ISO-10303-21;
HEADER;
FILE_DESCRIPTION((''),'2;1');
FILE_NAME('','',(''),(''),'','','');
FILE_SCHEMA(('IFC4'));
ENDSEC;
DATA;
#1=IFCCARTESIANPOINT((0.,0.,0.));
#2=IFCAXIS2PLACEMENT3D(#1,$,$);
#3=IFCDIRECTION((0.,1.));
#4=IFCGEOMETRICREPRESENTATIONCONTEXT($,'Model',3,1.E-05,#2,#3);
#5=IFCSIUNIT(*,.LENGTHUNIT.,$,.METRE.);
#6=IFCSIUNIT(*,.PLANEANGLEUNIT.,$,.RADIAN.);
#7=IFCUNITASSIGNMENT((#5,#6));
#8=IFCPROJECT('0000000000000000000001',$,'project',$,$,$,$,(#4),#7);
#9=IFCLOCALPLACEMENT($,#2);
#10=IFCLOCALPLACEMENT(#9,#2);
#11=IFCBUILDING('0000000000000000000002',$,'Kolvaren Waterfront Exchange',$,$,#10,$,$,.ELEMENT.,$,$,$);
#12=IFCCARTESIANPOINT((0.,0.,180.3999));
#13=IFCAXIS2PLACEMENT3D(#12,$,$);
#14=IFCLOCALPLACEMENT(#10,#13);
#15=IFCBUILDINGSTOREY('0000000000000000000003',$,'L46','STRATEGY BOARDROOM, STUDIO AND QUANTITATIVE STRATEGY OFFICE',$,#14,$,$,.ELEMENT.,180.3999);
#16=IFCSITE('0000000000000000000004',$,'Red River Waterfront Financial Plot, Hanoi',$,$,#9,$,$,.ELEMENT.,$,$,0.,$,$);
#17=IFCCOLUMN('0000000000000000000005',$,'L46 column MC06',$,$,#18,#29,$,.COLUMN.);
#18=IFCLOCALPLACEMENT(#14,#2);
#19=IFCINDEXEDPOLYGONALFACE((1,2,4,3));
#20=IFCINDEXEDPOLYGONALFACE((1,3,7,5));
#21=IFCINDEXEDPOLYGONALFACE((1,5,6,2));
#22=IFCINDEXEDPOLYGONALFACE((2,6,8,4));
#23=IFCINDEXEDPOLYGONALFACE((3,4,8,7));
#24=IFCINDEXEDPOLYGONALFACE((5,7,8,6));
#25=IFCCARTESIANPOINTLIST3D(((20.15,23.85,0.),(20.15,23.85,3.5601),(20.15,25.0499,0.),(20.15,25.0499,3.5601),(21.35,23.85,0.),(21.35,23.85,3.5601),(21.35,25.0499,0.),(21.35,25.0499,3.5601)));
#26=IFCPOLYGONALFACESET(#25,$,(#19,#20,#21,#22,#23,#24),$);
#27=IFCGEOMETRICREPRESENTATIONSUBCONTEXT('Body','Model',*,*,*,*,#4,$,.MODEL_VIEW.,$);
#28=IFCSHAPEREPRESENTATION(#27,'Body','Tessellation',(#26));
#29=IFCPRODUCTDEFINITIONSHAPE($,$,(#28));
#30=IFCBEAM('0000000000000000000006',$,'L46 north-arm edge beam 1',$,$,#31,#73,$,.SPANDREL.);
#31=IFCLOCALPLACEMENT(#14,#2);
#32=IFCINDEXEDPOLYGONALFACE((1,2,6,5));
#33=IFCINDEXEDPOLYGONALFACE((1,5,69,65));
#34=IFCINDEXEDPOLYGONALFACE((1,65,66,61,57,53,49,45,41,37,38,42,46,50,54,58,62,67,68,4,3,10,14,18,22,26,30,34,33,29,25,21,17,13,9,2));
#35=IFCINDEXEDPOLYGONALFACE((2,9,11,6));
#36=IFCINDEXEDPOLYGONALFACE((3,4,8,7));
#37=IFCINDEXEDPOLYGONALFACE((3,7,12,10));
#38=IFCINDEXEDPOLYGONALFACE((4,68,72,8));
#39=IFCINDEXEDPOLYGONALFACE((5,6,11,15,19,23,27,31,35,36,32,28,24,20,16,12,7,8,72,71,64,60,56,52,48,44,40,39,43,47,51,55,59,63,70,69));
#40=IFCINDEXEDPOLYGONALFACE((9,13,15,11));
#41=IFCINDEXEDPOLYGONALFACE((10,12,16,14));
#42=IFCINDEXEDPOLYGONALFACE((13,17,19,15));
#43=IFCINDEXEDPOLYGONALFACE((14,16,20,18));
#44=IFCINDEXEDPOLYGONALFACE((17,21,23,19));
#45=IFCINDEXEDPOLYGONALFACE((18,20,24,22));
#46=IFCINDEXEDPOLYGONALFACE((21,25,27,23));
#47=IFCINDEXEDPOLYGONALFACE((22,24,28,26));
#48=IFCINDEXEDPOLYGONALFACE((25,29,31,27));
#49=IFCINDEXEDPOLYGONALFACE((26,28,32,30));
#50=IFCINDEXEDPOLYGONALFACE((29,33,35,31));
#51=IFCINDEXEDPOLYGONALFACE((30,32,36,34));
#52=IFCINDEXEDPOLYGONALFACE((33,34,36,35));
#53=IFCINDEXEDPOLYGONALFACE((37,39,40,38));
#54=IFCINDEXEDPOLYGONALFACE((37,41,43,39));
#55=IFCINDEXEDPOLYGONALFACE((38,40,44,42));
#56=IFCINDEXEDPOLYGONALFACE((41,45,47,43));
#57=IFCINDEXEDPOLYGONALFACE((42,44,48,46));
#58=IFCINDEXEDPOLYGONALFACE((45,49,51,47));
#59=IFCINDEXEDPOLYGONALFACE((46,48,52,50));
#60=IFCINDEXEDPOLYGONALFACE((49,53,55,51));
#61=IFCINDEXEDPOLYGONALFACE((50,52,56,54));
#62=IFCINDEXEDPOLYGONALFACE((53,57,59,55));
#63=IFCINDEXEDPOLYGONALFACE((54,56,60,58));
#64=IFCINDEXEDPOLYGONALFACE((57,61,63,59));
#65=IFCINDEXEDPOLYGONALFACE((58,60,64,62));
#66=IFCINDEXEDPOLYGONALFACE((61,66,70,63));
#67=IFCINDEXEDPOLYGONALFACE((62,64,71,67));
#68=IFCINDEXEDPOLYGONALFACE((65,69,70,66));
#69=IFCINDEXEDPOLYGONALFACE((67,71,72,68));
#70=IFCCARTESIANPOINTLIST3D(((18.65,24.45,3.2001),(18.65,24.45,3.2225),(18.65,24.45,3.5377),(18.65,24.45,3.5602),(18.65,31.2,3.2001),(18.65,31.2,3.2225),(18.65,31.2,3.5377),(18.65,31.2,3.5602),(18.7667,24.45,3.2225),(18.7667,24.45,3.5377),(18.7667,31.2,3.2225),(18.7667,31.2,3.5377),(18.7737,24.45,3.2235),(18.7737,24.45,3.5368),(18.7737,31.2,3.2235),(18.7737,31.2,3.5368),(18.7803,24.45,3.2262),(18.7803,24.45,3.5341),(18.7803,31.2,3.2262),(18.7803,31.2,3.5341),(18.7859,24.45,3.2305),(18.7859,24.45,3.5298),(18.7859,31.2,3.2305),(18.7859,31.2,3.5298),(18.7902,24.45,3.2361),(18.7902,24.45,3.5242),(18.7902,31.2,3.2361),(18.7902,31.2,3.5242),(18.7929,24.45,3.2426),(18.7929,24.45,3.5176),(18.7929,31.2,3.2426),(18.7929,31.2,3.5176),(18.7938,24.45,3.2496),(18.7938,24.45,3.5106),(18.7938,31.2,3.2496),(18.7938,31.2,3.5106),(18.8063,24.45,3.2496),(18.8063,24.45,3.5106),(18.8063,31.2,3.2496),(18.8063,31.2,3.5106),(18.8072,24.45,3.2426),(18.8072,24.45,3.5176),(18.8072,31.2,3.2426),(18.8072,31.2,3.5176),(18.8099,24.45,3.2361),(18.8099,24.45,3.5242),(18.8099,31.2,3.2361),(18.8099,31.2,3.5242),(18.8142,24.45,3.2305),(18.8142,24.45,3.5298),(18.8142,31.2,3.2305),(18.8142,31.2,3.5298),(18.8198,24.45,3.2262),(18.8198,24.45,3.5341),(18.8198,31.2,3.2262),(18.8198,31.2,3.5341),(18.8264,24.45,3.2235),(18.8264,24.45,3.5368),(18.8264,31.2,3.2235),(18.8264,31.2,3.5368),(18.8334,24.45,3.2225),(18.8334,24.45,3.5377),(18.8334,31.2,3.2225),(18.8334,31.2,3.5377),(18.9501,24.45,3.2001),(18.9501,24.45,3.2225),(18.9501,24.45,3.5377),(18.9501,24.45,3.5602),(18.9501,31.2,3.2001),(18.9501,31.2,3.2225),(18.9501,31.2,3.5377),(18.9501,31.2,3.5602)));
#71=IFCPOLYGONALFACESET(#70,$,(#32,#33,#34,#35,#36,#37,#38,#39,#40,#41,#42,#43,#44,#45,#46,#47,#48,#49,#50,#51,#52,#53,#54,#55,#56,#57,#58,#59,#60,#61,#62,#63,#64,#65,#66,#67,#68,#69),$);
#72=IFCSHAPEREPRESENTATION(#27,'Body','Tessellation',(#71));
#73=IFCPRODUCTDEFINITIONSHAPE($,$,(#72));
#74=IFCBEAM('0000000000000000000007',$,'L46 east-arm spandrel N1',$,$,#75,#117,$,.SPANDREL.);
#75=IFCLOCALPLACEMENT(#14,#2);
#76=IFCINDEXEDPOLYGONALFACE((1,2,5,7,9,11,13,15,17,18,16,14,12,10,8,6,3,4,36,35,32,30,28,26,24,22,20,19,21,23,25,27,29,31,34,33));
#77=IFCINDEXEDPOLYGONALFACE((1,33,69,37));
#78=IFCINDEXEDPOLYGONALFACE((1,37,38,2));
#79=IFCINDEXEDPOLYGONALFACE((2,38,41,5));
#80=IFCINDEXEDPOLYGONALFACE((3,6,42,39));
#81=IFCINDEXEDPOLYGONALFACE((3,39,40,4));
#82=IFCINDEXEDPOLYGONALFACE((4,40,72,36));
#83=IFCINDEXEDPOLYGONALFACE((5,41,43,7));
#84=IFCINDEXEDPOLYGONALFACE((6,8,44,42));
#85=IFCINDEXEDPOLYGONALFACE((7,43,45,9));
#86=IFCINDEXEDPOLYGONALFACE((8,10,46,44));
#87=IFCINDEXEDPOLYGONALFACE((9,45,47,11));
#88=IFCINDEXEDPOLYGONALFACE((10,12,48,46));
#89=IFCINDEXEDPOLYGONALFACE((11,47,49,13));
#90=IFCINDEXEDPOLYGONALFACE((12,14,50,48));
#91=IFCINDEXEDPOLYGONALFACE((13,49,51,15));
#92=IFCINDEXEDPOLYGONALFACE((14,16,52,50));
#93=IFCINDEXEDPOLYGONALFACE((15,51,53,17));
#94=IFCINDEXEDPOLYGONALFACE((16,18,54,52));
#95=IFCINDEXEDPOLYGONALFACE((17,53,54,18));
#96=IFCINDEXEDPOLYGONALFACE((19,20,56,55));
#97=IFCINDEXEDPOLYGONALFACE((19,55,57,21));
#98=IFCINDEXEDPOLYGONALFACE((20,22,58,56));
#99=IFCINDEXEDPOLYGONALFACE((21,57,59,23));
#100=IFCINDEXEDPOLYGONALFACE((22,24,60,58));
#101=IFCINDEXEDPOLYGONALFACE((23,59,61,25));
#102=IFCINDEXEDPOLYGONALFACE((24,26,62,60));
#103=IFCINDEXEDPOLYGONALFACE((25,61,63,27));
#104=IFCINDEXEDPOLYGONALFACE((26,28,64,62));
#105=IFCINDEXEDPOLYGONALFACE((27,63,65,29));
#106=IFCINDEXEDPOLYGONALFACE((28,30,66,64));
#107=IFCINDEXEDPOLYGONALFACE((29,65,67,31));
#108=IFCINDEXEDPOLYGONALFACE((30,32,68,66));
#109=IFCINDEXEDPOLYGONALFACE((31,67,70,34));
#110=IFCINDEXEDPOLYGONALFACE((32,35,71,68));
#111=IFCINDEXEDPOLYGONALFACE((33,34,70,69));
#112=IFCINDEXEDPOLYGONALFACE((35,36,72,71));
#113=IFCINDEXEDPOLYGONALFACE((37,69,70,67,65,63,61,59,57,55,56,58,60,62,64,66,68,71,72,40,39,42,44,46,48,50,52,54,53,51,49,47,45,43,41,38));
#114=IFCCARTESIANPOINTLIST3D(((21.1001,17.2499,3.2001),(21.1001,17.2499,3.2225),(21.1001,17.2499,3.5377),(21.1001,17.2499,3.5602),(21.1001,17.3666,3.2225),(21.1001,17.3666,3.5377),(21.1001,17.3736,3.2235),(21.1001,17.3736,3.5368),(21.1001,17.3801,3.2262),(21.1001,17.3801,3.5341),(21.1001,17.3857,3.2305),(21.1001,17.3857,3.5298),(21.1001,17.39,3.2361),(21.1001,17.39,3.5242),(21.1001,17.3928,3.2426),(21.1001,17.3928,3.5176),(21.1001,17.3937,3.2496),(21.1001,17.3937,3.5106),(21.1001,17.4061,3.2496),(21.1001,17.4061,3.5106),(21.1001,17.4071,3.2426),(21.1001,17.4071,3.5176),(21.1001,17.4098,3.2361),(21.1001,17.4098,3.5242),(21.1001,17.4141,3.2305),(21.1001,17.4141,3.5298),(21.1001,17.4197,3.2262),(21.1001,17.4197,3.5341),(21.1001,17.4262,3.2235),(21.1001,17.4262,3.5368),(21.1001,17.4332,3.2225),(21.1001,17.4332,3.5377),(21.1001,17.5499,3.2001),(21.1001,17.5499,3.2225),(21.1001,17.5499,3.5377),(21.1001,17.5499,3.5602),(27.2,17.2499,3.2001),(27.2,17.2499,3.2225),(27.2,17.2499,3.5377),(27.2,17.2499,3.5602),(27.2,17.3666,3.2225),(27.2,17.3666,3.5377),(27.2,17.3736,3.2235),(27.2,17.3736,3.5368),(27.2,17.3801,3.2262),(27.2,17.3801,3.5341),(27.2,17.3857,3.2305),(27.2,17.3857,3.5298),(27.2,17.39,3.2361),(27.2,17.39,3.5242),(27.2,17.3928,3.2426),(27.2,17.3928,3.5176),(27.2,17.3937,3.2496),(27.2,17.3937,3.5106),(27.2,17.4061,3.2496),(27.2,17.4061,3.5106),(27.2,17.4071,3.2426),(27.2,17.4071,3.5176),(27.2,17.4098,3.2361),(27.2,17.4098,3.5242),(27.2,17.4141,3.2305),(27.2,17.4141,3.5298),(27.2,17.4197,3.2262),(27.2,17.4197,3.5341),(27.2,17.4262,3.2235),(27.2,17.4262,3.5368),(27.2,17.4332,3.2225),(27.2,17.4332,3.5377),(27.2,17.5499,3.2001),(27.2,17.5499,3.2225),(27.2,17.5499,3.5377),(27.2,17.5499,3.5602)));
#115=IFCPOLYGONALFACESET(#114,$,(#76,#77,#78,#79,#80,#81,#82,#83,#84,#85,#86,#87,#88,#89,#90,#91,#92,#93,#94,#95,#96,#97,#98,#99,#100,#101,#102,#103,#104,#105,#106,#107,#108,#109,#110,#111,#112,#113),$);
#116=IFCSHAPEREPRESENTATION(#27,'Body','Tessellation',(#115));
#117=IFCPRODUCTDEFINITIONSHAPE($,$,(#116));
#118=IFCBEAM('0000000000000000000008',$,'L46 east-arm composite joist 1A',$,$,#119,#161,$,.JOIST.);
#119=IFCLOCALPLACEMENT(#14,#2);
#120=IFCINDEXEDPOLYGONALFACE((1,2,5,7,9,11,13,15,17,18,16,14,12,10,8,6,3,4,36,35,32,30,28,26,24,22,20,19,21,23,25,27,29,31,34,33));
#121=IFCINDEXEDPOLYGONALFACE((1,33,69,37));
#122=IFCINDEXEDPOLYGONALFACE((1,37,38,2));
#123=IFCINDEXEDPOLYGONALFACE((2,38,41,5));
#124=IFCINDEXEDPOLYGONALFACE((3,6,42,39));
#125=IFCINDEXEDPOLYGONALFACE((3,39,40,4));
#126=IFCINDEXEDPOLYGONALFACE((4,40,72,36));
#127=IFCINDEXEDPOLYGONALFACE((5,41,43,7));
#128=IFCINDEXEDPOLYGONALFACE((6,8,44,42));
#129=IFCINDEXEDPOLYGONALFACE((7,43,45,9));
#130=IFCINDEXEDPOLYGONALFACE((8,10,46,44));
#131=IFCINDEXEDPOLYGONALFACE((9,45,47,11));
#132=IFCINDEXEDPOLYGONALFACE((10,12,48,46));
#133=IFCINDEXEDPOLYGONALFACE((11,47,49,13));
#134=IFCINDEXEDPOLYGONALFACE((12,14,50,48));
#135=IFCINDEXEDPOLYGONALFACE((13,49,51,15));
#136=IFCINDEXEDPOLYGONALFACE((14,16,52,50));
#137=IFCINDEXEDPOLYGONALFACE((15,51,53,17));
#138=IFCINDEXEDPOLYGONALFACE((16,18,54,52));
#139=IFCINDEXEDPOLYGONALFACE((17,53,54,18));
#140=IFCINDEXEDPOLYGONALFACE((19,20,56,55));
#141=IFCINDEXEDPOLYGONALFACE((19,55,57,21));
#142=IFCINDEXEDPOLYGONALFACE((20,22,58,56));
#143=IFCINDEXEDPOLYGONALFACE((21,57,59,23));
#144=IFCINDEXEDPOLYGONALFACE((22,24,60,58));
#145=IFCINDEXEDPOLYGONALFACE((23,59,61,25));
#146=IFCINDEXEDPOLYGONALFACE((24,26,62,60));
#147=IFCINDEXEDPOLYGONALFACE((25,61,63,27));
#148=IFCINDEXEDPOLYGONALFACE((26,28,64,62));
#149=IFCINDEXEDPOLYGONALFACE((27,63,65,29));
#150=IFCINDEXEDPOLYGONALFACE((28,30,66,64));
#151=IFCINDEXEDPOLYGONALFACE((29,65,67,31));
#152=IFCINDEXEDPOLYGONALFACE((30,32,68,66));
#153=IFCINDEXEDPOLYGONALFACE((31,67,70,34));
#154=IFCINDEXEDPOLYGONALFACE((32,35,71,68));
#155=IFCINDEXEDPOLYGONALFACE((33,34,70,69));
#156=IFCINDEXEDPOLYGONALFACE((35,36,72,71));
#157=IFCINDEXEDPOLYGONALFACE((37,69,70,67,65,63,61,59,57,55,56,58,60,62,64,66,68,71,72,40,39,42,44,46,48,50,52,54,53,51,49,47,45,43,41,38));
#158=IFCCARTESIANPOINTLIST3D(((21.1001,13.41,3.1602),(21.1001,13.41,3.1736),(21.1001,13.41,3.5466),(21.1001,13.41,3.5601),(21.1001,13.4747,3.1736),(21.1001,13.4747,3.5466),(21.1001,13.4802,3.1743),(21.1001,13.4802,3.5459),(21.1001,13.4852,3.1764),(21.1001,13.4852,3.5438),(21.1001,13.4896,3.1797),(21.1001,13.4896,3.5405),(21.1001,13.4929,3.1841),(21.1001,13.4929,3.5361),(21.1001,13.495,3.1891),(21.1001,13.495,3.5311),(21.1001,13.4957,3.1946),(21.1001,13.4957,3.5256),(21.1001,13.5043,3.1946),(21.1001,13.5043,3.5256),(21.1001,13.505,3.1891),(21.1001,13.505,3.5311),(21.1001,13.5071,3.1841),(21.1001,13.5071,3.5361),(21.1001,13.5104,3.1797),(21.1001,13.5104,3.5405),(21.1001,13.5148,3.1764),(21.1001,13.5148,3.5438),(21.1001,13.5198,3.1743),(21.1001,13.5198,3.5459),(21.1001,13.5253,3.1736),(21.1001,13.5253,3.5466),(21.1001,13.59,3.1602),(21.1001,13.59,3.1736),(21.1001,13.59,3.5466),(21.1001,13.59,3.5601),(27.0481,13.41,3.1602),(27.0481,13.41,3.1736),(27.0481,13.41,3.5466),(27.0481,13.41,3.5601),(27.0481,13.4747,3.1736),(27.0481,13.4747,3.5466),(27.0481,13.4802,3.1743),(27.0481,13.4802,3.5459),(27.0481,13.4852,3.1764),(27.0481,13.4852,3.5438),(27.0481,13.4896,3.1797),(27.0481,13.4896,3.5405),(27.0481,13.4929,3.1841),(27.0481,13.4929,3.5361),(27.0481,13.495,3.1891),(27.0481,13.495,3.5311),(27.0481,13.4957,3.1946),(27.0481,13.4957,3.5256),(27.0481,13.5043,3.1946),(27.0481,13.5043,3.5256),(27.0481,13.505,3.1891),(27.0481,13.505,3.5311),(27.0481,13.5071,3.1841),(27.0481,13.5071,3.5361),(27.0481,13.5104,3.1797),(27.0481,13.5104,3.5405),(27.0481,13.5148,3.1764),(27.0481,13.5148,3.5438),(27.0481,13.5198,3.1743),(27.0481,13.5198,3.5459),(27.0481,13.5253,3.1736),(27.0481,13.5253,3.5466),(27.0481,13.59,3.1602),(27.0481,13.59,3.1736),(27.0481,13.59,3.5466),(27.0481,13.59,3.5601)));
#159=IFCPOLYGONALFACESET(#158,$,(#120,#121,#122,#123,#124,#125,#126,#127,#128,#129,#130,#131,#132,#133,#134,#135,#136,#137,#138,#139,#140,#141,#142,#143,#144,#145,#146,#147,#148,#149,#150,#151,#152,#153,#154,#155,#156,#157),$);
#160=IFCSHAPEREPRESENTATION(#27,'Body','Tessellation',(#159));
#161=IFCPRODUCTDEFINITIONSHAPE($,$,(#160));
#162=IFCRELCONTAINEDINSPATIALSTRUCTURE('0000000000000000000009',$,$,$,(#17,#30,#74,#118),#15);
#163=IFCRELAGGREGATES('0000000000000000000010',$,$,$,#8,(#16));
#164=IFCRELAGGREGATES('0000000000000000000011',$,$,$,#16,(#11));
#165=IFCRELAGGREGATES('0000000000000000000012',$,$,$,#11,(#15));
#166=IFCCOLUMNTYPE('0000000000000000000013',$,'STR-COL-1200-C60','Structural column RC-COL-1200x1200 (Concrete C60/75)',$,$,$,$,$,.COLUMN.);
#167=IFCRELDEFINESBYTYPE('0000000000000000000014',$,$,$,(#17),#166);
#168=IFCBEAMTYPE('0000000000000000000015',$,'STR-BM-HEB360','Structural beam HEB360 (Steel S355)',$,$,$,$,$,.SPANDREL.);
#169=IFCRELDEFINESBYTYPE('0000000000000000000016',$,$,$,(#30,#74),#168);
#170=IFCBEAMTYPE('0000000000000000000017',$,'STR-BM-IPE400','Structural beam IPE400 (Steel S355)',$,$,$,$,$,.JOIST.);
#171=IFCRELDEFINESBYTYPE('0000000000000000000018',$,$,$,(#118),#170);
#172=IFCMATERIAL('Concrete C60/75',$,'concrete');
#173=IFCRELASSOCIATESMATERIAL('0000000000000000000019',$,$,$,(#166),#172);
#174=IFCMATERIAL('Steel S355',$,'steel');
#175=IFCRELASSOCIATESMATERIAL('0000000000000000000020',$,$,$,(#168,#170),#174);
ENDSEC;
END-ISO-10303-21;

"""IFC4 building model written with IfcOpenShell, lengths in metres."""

from ifc_helpers import new_model, si_unit, direction, frame, origin, origin_2d, place, context, subcontext, project, spatial, rectangle, i_section, extrude, material, material_profile, profile_set, type_object, element, save


model = new_model("IFC4")

# Units and contexts
model_context = context("Model", 3, precision=1e-05, world=origin(), true_north=direction((0.0, 1.0)))
body_context = subcontext(model_context, "Body", "Model", "MODEL_VIEW")
ifc_project = project(units=[si_unit("LENGTHUNIT", "METRE"), si_unit("PLANEANGLEUNIT", "RADIAN")], contexts=[model_context])

# Site, building, storey
site_placement = place(None, origin())
site = spatial("IfcSite", under=ifc_project, at=site_placement, Name="Red River Waterfront Financial Plot, Hanoi", CompositionType="ELEMENT", RefElevation=0.0)
building_placement = place(site_placement, origin())
building = spatial("IfcBuilding", under=site, at=building_placement, Name="Kolvaren Waterfront Exchange", CompositionType="ELEMENT")
storey_placement = place(building_placement, frame((0.0, 0.0, 180.3999)))
storey = spatial("IfcBuildingStorey", under=building, at=storey_placement, Name="L46", Description="STRATEGY BOARDROOM, STUDIO AND QUANTITATIVE STRATEGY OFFICE", CompositionType="ELEMENT", Elevation=180.3999)

# Column
ifc_material_1 = material(Name="Concrete C60/75", Category="concrete")
ifc_material_profile_1 = material_profile(ifc_material_1, rectangle(XDim=1.2, YDim=1.2, at=origin_2d()), Name="RC-COL-1200x1200")
ifc_profile_set_1 = profile_set([ifc_material_profile_1], Name="Concrete C60/75")
column_type = type_object("IfcColumnType", Name="STR-COL-1200-C60", Description="Structural column RC-COL-1200x1200 (Concrete C60/75)", PredefinedType="COLUMN", material=ifc_profile_set_1)
column_placement = place(storey_placement, frame((20.75, 24.45, 0.0), z_axis=(0.0, 0.0, 1.0), x_axis=(1.0, 0.0, 0.0)))
element("IfcColumn", 1, at=column_placement, inside=storey, type_object=column_type, Name="L46 column MC06", PredefinedType="COLUMN", context=body_context, shape_type="SweptSolid", body=[
    extrude(rectangle(XDim=1.2, YDim=1.2, at=origin_2d()), origin(), (0.0, 0.0, 1.0), 3.5601),
])

# Beams
ifc_material_2 = material(Name="Steel S355", Category="steel")
ifc_material_profile_2 = material_profile(ifc_material_2, i_section(OverallWidth=0.3, OverallDepth=0.3601, WebThickness=0.0125, FlangeThickness=0.0225, FilletRadius=0.0271, at=origin_2d()), Name="HEB360")
ifc_profile_set_2 = profile_set([ifc_material_profile_2], Name="Steel S355")
beam_type_1 = type_object("IfcBeamType", Name="STR-BM-HEB360", Description="Structural beam HEB360 (Steel S355)", PredefinedType="SPANDREL", material=ifc_profile_set_2)
beam_1_placement = place(storey_placement, frame((18.8, 24.45, 3.3801), z_axis=(0.0, 1.0, 0.0), x_axis=(-1.0, 0.0, 0.0)))
element("IfcBeam", 2, at=beam_1_placement, inside=storey, type_object=beam_type_1, Name="L46 north-arm edge beam 1", PredefinedType="SPANDREL", context=body_context, shape_type="SweptSolid", body=[
    extrude(i_section(OverallWidth=0.3, OverallDepth=0.3601, WebThickness=0.0125, FlangeThickness=0.0225, FilletRadius=0.0271, at=origin_2d()), origin(), (0.0, 0.0, 1.0), 6.75),
])
beam_2_placement = place(storey_placement, frame((21.1001, 17.3999, 3.3801), z_axis=(1.0, 0.0, 0.0), x_axis=(0.0, 1.0, 0.0)))
element("IfcBeam", 3, at=beam_2_placement, inside=storey, type_object=beam_type_1, Name="L46 east-arm spandrel N1", PredefinedType="SPANDREL", context=body_context, shape_type="SweptSolid", body=[
    extrude(i_section(OverallWidth=0.3, OverallDepth=0.3601, WebThickness=0.0125, FlangeThickness=0.0225, FilletRadius=0.0271, at=origin_2d()), origin(), (0.0, 0.0, 1.0), 6.0999),
])
ifc_material_profile_3 = material_profile(ifc_material_2, i_section(OverallWidth=0.1799, OverallDepth=0.3999, WebThickness=0.0085, FlangeThickness=0.0134, FilletRadius=0.021, at=origin_2d()), Name="IPE400")
ifc_profile_set_3 = profile_set([ifc_material_profile_3], Name="Steel S355")
beam_type_2 = type_object("IfcBeamType", Name="STR-BM-IPE400", Description="Structural beam IPE400 (Steel S355)", PredefinedType="JOIST", material=ifc_profile_set_3)
for number, where, z_axis, x_axis, name in (
    (4, (21.1001, 13.5, 3.3601), (1.0, 0.0, 0.0), (0.0, 1.0, 0.0), "L46 east-arm composite joist 1A"),
):
    element("IfcBeam", number, at=place(storey_placement, frame(where, z_axis=z_axis, x_axis=x_axis)), inside=storey, type_object=beam_type_2, Name=name, PredefinedType="JOIST", context=body_context, shape_type="SweptSolid", body=[
        extrude(i_section(OverallWidth=0.1799, OverallDepth=0.3999, WebThickness=0.0085, FlangeThickness=0.0134, FilletRadius=0.021, at=origin_2d()), origin(), (0.0, 0.0, 1.0), 5.948),
    ])

save(model, "model.ifc")
